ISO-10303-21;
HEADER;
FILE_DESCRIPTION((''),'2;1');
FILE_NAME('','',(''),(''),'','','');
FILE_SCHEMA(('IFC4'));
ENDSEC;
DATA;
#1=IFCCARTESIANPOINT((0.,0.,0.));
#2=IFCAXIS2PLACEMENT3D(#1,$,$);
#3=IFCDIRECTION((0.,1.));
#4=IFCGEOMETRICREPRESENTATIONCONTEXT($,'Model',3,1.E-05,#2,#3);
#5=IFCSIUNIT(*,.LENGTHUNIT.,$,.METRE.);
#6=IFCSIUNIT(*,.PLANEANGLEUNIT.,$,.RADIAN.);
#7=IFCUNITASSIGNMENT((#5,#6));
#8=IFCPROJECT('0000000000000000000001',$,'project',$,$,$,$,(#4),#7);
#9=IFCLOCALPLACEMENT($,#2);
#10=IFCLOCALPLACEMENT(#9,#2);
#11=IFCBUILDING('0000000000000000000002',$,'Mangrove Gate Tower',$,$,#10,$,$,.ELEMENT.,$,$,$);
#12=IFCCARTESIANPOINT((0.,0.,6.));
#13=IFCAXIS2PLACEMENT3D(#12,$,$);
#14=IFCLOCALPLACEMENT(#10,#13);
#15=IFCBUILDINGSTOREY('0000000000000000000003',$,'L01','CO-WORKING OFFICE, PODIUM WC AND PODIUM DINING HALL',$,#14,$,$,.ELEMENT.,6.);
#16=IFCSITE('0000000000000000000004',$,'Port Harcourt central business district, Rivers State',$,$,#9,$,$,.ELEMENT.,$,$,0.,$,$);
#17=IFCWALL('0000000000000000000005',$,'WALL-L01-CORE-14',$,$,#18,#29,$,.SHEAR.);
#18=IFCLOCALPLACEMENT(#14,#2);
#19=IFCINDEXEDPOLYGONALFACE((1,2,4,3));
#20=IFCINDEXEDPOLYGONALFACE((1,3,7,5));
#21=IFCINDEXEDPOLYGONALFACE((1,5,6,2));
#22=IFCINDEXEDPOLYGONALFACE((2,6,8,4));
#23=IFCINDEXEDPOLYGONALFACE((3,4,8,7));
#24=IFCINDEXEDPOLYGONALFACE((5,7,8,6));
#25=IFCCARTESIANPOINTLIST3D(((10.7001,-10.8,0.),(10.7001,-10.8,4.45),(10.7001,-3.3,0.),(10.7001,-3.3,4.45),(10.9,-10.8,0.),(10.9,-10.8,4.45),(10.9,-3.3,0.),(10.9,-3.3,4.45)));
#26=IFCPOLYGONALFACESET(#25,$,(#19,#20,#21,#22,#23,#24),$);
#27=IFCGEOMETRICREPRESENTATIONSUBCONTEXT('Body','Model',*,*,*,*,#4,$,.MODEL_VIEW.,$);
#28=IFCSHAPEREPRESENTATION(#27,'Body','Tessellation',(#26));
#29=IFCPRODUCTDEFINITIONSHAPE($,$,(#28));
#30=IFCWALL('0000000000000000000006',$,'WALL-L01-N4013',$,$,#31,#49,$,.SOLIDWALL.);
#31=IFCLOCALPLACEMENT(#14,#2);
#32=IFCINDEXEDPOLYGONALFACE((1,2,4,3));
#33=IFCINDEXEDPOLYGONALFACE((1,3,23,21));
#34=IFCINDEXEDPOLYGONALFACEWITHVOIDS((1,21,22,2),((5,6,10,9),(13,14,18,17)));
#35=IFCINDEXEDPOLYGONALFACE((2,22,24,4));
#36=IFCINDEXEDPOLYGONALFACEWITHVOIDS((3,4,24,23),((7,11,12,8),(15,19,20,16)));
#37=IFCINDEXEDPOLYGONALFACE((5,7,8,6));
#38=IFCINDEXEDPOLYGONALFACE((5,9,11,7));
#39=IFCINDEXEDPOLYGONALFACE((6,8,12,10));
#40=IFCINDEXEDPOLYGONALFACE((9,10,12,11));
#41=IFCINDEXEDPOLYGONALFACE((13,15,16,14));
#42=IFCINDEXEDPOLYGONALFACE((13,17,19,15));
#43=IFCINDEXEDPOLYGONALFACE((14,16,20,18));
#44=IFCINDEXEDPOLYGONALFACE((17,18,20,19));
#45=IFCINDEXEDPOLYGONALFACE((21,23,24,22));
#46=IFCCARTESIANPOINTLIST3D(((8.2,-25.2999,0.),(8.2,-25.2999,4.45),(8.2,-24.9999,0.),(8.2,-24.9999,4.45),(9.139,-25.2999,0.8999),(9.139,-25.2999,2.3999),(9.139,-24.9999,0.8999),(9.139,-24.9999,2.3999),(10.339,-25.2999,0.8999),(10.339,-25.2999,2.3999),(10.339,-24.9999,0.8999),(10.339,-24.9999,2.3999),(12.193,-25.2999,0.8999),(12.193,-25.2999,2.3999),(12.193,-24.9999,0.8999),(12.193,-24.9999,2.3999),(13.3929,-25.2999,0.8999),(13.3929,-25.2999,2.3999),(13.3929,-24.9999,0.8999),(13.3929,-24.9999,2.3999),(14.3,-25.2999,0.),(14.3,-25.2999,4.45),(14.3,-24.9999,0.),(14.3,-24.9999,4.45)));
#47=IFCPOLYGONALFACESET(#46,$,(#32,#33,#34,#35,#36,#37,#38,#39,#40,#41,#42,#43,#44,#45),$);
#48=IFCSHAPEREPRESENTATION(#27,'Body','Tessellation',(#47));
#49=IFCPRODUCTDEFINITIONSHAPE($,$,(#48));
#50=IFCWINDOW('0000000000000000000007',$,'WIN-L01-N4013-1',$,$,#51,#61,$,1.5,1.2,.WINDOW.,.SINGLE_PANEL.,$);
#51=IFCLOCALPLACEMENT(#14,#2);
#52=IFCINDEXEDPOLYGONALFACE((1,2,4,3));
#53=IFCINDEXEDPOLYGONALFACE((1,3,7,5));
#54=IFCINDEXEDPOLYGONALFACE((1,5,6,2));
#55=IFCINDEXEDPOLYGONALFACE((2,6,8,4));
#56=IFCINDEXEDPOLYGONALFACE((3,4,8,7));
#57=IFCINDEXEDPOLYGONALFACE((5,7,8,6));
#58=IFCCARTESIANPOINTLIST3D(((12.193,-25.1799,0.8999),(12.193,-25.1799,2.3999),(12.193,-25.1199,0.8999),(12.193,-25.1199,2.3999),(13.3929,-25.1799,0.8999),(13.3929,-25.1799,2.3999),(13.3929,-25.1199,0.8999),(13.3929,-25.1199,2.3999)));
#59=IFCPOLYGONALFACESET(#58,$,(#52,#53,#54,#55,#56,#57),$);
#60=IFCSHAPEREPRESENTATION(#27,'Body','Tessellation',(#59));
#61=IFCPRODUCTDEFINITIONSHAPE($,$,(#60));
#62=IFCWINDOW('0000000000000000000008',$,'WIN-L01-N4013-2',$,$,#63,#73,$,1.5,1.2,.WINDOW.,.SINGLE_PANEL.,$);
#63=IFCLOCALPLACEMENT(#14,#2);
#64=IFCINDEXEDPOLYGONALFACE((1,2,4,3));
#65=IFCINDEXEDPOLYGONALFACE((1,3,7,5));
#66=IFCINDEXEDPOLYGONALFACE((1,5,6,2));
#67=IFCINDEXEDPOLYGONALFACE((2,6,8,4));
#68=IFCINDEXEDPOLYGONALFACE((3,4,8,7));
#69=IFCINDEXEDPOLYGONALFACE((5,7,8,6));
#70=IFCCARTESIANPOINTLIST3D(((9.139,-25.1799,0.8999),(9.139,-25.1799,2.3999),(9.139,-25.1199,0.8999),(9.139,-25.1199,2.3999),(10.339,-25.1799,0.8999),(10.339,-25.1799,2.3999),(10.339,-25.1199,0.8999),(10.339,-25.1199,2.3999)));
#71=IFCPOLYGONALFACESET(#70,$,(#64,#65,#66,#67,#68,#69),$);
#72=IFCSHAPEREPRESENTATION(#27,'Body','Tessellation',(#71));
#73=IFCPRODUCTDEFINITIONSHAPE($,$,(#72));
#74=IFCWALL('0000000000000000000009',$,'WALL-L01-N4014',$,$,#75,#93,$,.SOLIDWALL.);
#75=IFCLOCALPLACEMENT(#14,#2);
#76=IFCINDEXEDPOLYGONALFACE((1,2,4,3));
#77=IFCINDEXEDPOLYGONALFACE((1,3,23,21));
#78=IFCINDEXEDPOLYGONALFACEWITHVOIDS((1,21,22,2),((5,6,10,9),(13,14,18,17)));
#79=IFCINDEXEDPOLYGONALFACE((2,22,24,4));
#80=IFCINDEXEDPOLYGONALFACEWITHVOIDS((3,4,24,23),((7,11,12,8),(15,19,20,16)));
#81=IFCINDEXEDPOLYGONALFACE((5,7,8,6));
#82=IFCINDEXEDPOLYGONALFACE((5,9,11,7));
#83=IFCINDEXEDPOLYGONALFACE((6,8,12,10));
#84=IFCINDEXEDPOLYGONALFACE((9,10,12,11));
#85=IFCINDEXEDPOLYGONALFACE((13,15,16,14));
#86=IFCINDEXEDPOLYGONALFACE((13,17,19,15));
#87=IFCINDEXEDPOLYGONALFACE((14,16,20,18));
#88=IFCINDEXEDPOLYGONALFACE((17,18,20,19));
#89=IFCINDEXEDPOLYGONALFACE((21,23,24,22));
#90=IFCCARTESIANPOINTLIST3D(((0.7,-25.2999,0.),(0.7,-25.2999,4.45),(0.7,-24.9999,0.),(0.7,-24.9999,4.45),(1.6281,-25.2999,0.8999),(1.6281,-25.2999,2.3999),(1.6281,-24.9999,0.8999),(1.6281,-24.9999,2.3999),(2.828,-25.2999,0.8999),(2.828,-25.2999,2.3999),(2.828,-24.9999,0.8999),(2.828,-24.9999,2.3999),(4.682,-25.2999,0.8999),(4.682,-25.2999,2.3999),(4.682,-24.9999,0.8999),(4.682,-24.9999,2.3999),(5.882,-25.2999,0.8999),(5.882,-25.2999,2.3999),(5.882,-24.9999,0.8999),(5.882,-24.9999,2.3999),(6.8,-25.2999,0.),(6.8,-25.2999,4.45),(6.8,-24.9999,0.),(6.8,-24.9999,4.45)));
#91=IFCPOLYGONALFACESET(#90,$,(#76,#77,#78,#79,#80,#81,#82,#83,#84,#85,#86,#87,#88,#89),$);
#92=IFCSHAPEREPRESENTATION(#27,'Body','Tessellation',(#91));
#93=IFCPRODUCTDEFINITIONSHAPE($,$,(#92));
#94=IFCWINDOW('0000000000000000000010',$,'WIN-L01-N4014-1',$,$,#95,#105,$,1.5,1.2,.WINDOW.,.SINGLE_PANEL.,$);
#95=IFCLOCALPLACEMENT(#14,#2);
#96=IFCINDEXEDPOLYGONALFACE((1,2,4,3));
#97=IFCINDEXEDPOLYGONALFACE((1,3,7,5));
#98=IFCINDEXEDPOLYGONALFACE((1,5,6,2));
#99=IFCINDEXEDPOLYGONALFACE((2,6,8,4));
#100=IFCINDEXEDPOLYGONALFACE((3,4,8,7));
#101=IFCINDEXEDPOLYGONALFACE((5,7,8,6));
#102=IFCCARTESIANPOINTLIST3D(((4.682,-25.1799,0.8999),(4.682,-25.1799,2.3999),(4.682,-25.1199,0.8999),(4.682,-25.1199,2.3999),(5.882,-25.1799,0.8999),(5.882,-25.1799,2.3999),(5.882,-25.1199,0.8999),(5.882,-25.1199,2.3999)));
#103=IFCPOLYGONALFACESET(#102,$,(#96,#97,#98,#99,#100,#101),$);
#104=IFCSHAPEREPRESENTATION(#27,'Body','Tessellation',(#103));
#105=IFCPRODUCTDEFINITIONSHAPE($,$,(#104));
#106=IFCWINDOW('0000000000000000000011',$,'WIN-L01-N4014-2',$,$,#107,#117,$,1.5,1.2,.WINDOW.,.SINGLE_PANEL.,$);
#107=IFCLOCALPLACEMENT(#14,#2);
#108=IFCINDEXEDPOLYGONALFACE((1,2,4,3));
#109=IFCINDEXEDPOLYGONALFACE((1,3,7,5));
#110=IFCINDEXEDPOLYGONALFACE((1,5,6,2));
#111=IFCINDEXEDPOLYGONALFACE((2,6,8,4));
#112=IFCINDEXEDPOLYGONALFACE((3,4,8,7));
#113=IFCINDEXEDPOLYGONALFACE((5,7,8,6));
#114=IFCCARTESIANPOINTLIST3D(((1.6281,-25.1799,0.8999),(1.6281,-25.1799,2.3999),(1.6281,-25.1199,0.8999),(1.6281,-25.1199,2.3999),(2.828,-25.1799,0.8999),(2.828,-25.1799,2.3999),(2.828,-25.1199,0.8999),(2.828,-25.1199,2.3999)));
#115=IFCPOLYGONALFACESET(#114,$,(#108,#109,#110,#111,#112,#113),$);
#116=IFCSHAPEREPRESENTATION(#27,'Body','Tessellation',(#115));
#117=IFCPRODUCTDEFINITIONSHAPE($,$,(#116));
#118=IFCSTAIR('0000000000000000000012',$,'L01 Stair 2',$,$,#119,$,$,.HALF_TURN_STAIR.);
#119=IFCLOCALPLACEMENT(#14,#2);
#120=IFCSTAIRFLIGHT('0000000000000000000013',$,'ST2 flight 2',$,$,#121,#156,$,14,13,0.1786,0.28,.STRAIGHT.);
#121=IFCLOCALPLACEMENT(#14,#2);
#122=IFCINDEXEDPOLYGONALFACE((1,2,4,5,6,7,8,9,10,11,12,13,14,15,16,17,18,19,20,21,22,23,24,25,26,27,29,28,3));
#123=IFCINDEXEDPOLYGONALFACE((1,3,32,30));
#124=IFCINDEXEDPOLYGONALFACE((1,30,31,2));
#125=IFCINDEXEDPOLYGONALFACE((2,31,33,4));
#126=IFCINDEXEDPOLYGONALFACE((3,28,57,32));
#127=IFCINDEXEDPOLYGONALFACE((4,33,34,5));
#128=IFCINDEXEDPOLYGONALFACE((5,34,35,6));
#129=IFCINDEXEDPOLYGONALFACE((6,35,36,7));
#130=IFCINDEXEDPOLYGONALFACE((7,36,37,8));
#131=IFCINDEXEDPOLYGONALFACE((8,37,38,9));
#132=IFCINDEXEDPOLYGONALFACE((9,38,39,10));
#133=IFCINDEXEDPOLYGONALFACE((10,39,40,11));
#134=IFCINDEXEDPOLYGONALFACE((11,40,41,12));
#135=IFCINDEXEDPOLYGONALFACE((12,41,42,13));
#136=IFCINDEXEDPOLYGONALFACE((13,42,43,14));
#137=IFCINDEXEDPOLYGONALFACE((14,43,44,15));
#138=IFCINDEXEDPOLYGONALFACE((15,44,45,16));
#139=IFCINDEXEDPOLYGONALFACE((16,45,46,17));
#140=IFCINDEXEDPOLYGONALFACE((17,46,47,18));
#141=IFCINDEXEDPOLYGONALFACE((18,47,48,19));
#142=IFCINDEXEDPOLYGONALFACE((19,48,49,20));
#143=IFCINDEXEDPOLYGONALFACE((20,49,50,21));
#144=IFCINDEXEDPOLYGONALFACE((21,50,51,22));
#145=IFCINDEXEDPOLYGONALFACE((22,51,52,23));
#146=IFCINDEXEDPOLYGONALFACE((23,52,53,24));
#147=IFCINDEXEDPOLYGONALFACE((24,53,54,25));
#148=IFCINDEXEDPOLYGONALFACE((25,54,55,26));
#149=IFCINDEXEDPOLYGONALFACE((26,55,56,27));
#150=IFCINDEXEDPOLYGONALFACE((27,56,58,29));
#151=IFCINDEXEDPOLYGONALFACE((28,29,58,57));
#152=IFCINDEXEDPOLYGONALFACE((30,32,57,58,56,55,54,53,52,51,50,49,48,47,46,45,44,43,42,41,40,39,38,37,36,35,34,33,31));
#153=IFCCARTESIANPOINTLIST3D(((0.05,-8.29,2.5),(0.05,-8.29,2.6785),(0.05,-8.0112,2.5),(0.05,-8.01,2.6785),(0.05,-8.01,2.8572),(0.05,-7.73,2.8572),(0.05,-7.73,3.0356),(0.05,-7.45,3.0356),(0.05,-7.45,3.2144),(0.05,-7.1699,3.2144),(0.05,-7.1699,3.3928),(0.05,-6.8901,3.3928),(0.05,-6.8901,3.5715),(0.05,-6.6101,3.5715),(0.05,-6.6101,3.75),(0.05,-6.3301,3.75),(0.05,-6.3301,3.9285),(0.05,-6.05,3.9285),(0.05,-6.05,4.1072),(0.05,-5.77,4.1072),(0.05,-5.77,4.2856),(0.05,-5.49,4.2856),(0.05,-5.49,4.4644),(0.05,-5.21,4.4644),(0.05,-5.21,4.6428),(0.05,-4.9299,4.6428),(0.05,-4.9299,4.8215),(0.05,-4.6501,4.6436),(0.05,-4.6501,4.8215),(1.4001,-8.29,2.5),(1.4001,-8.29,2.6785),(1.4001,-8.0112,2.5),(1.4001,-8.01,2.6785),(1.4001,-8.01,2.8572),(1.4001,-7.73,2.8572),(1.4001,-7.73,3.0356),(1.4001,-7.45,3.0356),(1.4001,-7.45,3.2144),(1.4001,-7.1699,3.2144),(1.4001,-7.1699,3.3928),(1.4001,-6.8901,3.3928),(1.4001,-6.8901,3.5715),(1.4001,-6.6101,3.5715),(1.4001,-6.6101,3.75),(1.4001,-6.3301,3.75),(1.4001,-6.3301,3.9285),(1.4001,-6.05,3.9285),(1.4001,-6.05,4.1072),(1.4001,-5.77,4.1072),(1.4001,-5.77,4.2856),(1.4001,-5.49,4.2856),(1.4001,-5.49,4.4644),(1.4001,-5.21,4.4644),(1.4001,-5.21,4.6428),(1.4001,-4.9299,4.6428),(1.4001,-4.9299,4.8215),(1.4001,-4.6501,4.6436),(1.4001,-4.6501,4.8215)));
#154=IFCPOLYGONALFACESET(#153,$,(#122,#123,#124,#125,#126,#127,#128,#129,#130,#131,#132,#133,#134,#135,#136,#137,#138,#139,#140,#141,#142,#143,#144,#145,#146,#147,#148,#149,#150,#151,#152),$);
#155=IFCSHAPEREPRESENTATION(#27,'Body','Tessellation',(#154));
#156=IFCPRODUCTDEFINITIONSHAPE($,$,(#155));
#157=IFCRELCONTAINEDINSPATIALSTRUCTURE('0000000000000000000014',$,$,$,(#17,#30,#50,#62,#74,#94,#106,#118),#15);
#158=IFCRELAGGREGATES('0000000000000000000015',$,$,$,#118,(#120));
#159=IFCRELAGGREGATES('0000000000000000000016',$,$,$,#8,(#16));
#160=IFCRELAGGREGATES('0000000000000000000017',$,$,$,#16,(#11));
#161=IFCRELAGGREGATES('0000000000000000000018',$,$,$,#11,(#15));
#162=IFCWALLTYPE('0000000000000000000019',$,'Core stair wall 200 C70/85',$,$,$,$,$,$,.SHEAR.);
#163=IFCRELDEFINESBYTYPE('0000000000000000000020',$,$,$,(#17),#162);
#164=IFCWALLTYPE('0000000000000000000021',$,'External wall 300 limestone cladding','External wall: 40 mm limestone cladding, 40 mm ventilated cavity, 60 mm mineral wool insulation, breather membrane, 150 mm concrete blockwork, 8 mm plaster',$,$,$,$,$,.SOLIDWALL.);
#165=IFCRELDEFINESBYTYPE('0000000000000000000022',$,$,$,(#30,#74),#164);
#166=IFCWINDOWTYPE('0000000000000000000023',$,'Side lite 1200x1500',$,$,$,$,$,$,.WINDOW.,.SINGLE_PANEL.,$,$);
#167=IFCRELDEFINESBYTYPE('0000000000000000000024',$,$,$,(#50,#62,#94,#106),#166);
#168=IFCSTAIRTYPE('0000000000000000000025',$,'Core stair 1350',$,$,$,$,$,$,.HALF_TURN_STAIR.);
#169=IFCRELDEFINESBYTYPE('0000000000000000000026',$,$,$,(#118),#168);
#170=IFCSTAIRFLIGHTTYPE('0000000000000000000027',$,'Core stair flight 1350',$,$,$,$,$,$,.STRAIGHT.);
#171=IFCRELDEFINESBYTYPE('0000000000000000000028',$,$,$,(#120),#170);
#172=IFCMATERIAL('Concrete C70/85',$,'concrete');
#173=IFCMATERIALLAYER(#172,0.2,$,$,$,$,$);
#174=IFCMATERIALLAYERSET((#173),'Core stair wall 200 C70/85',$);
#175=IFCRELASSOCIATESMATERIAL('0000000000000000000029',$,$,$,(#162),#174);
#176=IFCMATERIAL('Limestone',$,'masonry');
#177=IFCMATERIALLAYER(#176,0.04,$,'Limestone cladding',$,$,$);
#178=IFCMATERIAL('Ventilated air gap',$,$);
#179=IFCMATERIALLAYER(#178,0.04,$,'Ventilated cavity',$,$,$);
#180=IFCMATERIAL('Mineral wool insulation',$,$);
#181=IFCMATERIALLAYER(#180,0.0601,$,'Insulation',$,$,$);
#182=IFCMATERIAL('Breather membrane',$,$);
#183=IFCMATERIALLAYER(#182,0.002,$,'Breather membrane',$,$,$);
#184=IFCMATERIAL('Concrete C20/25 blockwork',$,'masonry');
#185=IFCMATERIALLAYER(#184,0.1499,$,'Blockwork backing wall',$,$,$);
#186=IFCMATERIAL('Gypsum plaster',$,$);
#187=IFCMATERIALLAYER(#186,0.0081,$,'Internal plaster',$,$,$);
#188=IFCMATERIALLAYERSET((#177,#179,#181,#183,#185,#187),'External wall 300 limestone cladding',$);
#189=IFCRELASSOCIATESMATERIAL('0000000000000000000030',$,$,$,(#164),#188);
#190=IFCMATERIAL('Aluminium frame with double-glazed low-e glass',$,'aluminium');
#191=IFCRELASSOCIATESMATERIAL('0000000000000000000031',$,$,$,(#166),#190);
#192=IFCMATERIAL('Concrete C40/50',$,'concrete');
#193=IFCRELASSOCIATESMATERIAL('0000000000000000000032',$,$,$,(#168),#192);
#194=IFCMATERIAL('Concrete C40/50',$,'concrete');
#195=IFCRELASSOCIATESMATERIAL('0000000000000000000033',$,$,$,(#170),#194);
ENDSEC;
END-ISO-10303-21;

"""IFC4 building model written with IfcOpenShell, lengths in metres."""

from ifc_helpers import new_model, si_unit, direction, frame, frame_2d, origin, place, context, subcontext, project, spatial, polyline, rectangle, outline, extrude, material, layer, layer_set, type_object, element, fill, aggregate, save


model = new_model("IFC4")

# Units and contexts
model_context = context("Model", 3, precision=1e-05, world=origin(), true_north=direction((0.0, 1.0)))
body_context = subcontext(model_context, "Body", "Model", "MODEL_VIEW")
ifc_project = project(units=[si_unit("LENGTHUNIT", "METRE"), si_unit("PLANEANGLEUNIT", "RADIAN")], contexts=[model_context])

# Site, building, storey
site_placement = place(None, origin())
site = spatial("IfcSite", under=ifc_project, at=site_placement, Name="Port Harcourt central business district, Rivers State", CompositionType="ELEMENT", RefElevation=0.0)
building_placement = place(site_placement, origin())
building = spatial("IfcBuilding", under=site, at=building_placement, Name="Mangrove Gate Tower", CompositionType="ELEMENT")
storey_placement = place(building_placement, frame((0.0, 0.0, 6.0)))
storey = spatial("IfcBuildingStorey", under=building, at=storey_placement, Name="L01", Description="CO-WORKING OFFICE, PODIUM WC AND PODIUM DINING HALL", CompositionType="ELEMENT", Elevation=6.0)

# Shared definitions
ifc_material_1 = material(Name="Concrete C70/85", Category="concrete")
ifc_layer_1 = layer(ifc_material_1, 0.2)
ifc_layer_set_1 = layer_set([ifc_layer_1], Name="Core stair wall 200 C70/85")
wall_type_1 = type_object("IfcWallType", Name="Core stair wall 200 C70/85", PredefinedType="SHEAR", material=ifc_layer_set_1)

# Wall
wall_1_placement = place(storey_placement, frame((10.8, -10.8, 0.0), z_axis=(0.0, 0.0, 1.0), x_axis=(0.0, 1.0, 0.0)))
element("IfcWall", 1, at=wall_1_placement, inside=storey, type_object=wall_type_1, Name="WALL-L01-CORE-14", PredefinedType="SHEAR", context=body_context, shape_type="SweptSolid", body=[
    extrude(rectangle(XDim=7.5, YDim=0.2, at=frame_2d((3.75, 0.0))), origin(), (0.0, 0.0, 1.0), 4.45),
])

# Walls, openings, windows
ifc_material_2 = material(Name="Limestone", Category="masonry")
ifc_layer_2 = layer(ifc_material_2, 0.04, Name="Limestone cladding")
ifc_material_3 = material(Name="Ventilated air gap")
ifc_layer_3 = layer(ifc_material_3, 0.04, Name="Ventilated cavity")
ifc_material_4 = material(Name="Mineral wool insulation")
ifc_layer_4 = layer(ifc_material_4, 0.0601, Name="Insulation")
ifc_material_5 = material(Name="Breather membrane")
ifc_layer_5 = layer(ifc_material_5, 0.002, Name="Breather membrane")
ifc_material_6 = material(Name="Concrete C20/25 blockwork", Category="masonry")
ifc_layer_6 = layer(ifc_material_6, 0.1499, Name="Blockwork backing wall")
ifc_material_7 = material(Name="Gypsum plaster")
ifc_layer_7 = layer(ifc_material_7, 0.0081, Name="Internal plaster")
ifc_layer_set_2 = layer_set([ifc_layer_2, ifc_layer_3, ifc_layer_4, ifc_layer_5, ifc_layer_6, ifc_layer_7], Name="External wall 300 limestone cladding")
wall_type_2 = type_object("IfcWallType", Name="External wall 300 limestone cladding", Description="External wall: 40 mm limestone cladding, 40 mm ventilated cavity, 60 mm mineral wool insulation, breather membrane, 150 mm concrete blockwork, 8 mm plaster", PredefinedType="SOLIDWALL", material=ifc_layer_set_2)
wall_2_placement = place(storey_placement, frame((14.3, -25.1499, 0.0), z_axis=(0.0, 0.0, 1.0), x_axis=(-1.0, 0.0, 0.0)))
wall_2 = element("IfcWall", 2, at=wall_2_placement, inside=storey, type_object=wall_type_2, Name="WALL-L01-N4013", PredefinedType="SOLIDWALL", context=body_context, shape_type="SweptSolid", body=[
    extrude(rectangle(XDim=6.1001, YDim=0.3, at=frame_2d((3.05, 0.0))), origin(), (0.0, 0.0, 1.0), 4.45),
])
opening_1_placement = place(wall_2_placement, frame((0.907, 0.0, 0.8999)))
opening_1 = element("IfcOpeningElement", 3, at=opening_1_placement, cuts=wall_2, PredefinedType="OPENING", context=body_context, shape_type="SweptSolid", body=[
    extrude(rectangle(XDim=1.2, YDim=1.5, at=frame_2d((0.6001, 0.75))), frame((0.0, 0.1599, 0.0), z_axis=(0.0, -1.0, 0.0), x_axis=(1.0, 0.0, 0.0)), (0.0, 0.0, 1.0), 0.3201),
])
opening_2_placement = place(wall_2_placement, frame((3.9609, 0.0, 0.8999)))
opening_2 = element("IfcOpeningElement", 4, at=opening_2_placement, cuts=wall_2, PredefinedType="OPENING", context=body_context, shape_type="SweptSolid", body=[
    extrude(rectangle(XDim=1.2, YDim=1.5, at=frame_2d((0.6001, 0.75))), frame((0.0, 0.1599, 0.0), z_axis=(0.0, -1.0, 0.0), x_axis=(1.0, 0.0, 0.0)), (0.0, 0.0, 1.0), 0.3201),
])
ifc_material_8 = material(Name="Aluminium frame with double-glazed low-e glass", Category="aluminium")
window_type = type_object("IfcWindowType", Name="Side lite 1200x1500", PartitioningType="SINGLE_PANEL", PredefinedType="WINDOW", material=ifc_material_8)
window_1_placement = place(opening_1_placement, origin())
window_1 = element("IfcWindow", 5, at=window_1_placement, inside=storey, type_object=window_type, Name="WIN-L01-N4013-1", OverallHeight=1.5, OverallWidth=1.2, PartitioningType="SINGLE_PANEL", PredefinedType="WINDOW", context=body_context, shape_type="SweptSolid", body=[
    extrude(rectangle(XDim=1.2, YDim=1.5, at=frame_2d((0.6001, 0.75))), frame((0.0, 0.03, 0.0), z_axis=(0.0, -1.0, 0.0), x_axis=(1.0, 0.0, 0.0)), (0.0, 0.0, 1.0), 0.0601),
])
fill(opening_1, window_1)
window_2_placement = place(opening_2_placement, origin())
window_2 = element("IfcWindow", 6, at=window_2_placement, inside=storey, type_object=window_type, Name="WIN-L01-N4013-2", OverallHeight=1.5, OverallWidth=1.2, PartitioningType="SINGLE_PANEL", PredefinedType="WINDOW", context=body_context, shape_type="SweptSolid", body=[
    extrude(rectangle(XDim=1.2, YDim=1.5, at=frame_2d((0.6001, 0.75))), frame((0.0, 0.03, 0.0), z_axis=(0.0, -1.0, 0.0), x_axis=(1.0, 0.0, 0.0)), (0.0, 0.0, 1.0), 0.0601),
])
fill(opening_2, window_2)
wall_3_placement = place(storey_placement, frame((6.8, -25.1499, 0.0), z_axis=(0.0, 0.0, 1.0), x_axis=(-1.0, 0.0, 0.0)))
wall_3 = element("IfcWall", 7, at=wall_3_placement, inside=storey, type_object=wall_type_2, Name="WALL-L01-N4014", PredefinedType="SOLIDWALL", context=body_context, shape_type="SweptSolid", body=[
    extrude(rectangle(XDim=6.1001, YDim=0.3, at=frame_2d((3.05, 0.0))), origin(), (0.0, 0.0, 1.0), 4.45),
])
opening_3_placement = place(wall_3_placement, frame((0.918, 0.0, 0.8999)))
opening_3 = element("IfcOpeningElement", 8, at=opening_3_placement, cuts=wall_3, PredefinedType="OPENING", context=body_context, shape_type="SweptSolid", body=[
    extrude(rectangle(XDim=1.2, YDim=1.5, at=frame_2d((0.6001, 0.75))), frame((0.0, 0.1599, 0.0), z_axis=(0.0, -1.0, 0.0), x_axis=(1.0, 0.0, 0.0)), (0.0, 0.0, 1.0), 0.3201),
])
opening_4_placement = place(wall_3_placement, frame((3.9719, 0.0, 0.8999)))
opening_4 = element("IfcOpeningElement", 9, at=opening_4_placement, cuts=wall_3, PredefinedType="OPENING", context=body_context, shape_type="SweptSolid", body=[
    extrude(rectangle(XDim=1.2, YDim=1.5, at=frame_2d((0.6001, 0.75))), frame((0.0, 0.1599, 0.0), z_axis=(0.0, -1.0, 0.0), x_axis=(1.0, 0.0, 0.0)), (0.0, 0.0, 1.0), 0.3201),
])
window_3_placement = place(opening_3_placement, origin())
window_3 = element("IfcWindow", 10, at=window_3_placement, inside=storey, type_object=window_type, Name="WIN-L01-N4014-1", OverallHeight=1.5, OverallWidth=1.2, PartitioningType="SINGLE_PANEL", PredefinedType="WINDOW", context=body_context, shape_type="SweptSolid", body=[
    extrude(rectangle(XDim=1.2, YDim=1.5, at=frame_2d((0.6001, 0.75))), frame((0.0, 0.03, 0.0), z_axis=(0.0, -1.0, 0.0), x_axis=(1.0, 0.0, 0.0)), (0.0, 0.0, 1.0), 0.0601),
])
fill(opening_3, window_3)
window_4_placement = place(opening_4_placement, origin())
window_4 = element("IfcWindow", 11, at=window_4_placement, inside=storey, type_object=window_type, Name="WIN-L01-N4014-2", OverallHeight=1.5, OverallWidth=1.2, PartitioningType="SINGLE_PANEL", PredefinedType="WINDOW", context=body_context, shape_type="SweptSolid", body=[
    extrude(rectangle(XDim=1.2, YDim=1.5, at=frame_2d((0.6001, 0.75))), frame((0.0, 0.03, 0.0), z_axis=(0.0, -1.0, 0.0), x_axis=(1.0, 0.0, 0.0)), (0.0, 0.0, 1.0), 0.0601),
])
fill(opening_4, window_4)

# Stair, stair flight
ifc_material_9 = material(Name="Concrete C40/50", Category="concrete")
stair_type = type_object("IfcStairType", Name="Core stair 1350", PredefinedType="HALF_TURN_STAIR", material=ifc_material_9)
stair_1_placement = place(storey_placement, origin())
stair_1 = element("IfcStair", 12, at=stair_1_placement, inside=storey, type_object=stair_type, Name="L01 Stair 2", PredefinedType="HALF_TURN_STAIR")
ifc_material_10 = material(Name="Concrete C40/50", Category="concrete")
stair_flight_type = type_object("IfcStairFlightType", Name="Core stair flight 1350", PredefinedType="STRAIGHT", material=ifc_material_10)
stair_flight_1_placement = place(storey_placement, frame((0.7251, -8.29, 2.5), z_axis=(0.0, 0.0, 1.0), x_axis=(0.0, 1.0, 0.0)))
stair_flight_1 = element("IfcStairFlight", 13, at=stair_flight_1_placement, type_object=stair_flight_type, Name="ST2 flight 2", NumberOfRisers=14, NumberOfTreads=13, PredefinedType="STRAIGHT", RiserHeight=0.1786, TreadLength=0.28, context=body_context, shape_type="SweptSolid", body=[
    extrude(outline(polyline([(0.0, 0.0), (0.0, 0.1785), (0.28, 0.1785), (0.28, 0.3572), (0.5601, 0.3572), (0.5601, 0.5356), (0.8401, 0.5356), (0.8401, 0.7144), (1.1201, 0.7144), (1.1201, 0.8928), (1.3999, 0.8928), (1.3999, 1.0715), (1.6799, 1.0715), (1.6799, 1.25), (1.96, 1.25), (1.96, 1.4285), (2.24, 1.4285), (2.24, 1.6072), (2.52, 1.6072), (2.52, 1.7856), (2.8, 1.7856), (2.8, 1.9644), (3.0801, 1.9644), (3.0801, 2.1428), (3.3601, 2.1428), (3.3601, 2.3215), (3.6399, 2.3215), (3.6399, 2.5), (3.6399, 2.1436), (0.2788, 0.0), (0.0, 0.0)])), frame((0.0, 0.675, 0.0), z_axis=(0.0, -1.0, 0.0), x_axis=(1.0, 0.0, 0.0)), (0.0, 0.0, 1.0), 1.3501),
])
aggregate(stair_1, [stair_flight_1])

save(model, "model.ifc")
